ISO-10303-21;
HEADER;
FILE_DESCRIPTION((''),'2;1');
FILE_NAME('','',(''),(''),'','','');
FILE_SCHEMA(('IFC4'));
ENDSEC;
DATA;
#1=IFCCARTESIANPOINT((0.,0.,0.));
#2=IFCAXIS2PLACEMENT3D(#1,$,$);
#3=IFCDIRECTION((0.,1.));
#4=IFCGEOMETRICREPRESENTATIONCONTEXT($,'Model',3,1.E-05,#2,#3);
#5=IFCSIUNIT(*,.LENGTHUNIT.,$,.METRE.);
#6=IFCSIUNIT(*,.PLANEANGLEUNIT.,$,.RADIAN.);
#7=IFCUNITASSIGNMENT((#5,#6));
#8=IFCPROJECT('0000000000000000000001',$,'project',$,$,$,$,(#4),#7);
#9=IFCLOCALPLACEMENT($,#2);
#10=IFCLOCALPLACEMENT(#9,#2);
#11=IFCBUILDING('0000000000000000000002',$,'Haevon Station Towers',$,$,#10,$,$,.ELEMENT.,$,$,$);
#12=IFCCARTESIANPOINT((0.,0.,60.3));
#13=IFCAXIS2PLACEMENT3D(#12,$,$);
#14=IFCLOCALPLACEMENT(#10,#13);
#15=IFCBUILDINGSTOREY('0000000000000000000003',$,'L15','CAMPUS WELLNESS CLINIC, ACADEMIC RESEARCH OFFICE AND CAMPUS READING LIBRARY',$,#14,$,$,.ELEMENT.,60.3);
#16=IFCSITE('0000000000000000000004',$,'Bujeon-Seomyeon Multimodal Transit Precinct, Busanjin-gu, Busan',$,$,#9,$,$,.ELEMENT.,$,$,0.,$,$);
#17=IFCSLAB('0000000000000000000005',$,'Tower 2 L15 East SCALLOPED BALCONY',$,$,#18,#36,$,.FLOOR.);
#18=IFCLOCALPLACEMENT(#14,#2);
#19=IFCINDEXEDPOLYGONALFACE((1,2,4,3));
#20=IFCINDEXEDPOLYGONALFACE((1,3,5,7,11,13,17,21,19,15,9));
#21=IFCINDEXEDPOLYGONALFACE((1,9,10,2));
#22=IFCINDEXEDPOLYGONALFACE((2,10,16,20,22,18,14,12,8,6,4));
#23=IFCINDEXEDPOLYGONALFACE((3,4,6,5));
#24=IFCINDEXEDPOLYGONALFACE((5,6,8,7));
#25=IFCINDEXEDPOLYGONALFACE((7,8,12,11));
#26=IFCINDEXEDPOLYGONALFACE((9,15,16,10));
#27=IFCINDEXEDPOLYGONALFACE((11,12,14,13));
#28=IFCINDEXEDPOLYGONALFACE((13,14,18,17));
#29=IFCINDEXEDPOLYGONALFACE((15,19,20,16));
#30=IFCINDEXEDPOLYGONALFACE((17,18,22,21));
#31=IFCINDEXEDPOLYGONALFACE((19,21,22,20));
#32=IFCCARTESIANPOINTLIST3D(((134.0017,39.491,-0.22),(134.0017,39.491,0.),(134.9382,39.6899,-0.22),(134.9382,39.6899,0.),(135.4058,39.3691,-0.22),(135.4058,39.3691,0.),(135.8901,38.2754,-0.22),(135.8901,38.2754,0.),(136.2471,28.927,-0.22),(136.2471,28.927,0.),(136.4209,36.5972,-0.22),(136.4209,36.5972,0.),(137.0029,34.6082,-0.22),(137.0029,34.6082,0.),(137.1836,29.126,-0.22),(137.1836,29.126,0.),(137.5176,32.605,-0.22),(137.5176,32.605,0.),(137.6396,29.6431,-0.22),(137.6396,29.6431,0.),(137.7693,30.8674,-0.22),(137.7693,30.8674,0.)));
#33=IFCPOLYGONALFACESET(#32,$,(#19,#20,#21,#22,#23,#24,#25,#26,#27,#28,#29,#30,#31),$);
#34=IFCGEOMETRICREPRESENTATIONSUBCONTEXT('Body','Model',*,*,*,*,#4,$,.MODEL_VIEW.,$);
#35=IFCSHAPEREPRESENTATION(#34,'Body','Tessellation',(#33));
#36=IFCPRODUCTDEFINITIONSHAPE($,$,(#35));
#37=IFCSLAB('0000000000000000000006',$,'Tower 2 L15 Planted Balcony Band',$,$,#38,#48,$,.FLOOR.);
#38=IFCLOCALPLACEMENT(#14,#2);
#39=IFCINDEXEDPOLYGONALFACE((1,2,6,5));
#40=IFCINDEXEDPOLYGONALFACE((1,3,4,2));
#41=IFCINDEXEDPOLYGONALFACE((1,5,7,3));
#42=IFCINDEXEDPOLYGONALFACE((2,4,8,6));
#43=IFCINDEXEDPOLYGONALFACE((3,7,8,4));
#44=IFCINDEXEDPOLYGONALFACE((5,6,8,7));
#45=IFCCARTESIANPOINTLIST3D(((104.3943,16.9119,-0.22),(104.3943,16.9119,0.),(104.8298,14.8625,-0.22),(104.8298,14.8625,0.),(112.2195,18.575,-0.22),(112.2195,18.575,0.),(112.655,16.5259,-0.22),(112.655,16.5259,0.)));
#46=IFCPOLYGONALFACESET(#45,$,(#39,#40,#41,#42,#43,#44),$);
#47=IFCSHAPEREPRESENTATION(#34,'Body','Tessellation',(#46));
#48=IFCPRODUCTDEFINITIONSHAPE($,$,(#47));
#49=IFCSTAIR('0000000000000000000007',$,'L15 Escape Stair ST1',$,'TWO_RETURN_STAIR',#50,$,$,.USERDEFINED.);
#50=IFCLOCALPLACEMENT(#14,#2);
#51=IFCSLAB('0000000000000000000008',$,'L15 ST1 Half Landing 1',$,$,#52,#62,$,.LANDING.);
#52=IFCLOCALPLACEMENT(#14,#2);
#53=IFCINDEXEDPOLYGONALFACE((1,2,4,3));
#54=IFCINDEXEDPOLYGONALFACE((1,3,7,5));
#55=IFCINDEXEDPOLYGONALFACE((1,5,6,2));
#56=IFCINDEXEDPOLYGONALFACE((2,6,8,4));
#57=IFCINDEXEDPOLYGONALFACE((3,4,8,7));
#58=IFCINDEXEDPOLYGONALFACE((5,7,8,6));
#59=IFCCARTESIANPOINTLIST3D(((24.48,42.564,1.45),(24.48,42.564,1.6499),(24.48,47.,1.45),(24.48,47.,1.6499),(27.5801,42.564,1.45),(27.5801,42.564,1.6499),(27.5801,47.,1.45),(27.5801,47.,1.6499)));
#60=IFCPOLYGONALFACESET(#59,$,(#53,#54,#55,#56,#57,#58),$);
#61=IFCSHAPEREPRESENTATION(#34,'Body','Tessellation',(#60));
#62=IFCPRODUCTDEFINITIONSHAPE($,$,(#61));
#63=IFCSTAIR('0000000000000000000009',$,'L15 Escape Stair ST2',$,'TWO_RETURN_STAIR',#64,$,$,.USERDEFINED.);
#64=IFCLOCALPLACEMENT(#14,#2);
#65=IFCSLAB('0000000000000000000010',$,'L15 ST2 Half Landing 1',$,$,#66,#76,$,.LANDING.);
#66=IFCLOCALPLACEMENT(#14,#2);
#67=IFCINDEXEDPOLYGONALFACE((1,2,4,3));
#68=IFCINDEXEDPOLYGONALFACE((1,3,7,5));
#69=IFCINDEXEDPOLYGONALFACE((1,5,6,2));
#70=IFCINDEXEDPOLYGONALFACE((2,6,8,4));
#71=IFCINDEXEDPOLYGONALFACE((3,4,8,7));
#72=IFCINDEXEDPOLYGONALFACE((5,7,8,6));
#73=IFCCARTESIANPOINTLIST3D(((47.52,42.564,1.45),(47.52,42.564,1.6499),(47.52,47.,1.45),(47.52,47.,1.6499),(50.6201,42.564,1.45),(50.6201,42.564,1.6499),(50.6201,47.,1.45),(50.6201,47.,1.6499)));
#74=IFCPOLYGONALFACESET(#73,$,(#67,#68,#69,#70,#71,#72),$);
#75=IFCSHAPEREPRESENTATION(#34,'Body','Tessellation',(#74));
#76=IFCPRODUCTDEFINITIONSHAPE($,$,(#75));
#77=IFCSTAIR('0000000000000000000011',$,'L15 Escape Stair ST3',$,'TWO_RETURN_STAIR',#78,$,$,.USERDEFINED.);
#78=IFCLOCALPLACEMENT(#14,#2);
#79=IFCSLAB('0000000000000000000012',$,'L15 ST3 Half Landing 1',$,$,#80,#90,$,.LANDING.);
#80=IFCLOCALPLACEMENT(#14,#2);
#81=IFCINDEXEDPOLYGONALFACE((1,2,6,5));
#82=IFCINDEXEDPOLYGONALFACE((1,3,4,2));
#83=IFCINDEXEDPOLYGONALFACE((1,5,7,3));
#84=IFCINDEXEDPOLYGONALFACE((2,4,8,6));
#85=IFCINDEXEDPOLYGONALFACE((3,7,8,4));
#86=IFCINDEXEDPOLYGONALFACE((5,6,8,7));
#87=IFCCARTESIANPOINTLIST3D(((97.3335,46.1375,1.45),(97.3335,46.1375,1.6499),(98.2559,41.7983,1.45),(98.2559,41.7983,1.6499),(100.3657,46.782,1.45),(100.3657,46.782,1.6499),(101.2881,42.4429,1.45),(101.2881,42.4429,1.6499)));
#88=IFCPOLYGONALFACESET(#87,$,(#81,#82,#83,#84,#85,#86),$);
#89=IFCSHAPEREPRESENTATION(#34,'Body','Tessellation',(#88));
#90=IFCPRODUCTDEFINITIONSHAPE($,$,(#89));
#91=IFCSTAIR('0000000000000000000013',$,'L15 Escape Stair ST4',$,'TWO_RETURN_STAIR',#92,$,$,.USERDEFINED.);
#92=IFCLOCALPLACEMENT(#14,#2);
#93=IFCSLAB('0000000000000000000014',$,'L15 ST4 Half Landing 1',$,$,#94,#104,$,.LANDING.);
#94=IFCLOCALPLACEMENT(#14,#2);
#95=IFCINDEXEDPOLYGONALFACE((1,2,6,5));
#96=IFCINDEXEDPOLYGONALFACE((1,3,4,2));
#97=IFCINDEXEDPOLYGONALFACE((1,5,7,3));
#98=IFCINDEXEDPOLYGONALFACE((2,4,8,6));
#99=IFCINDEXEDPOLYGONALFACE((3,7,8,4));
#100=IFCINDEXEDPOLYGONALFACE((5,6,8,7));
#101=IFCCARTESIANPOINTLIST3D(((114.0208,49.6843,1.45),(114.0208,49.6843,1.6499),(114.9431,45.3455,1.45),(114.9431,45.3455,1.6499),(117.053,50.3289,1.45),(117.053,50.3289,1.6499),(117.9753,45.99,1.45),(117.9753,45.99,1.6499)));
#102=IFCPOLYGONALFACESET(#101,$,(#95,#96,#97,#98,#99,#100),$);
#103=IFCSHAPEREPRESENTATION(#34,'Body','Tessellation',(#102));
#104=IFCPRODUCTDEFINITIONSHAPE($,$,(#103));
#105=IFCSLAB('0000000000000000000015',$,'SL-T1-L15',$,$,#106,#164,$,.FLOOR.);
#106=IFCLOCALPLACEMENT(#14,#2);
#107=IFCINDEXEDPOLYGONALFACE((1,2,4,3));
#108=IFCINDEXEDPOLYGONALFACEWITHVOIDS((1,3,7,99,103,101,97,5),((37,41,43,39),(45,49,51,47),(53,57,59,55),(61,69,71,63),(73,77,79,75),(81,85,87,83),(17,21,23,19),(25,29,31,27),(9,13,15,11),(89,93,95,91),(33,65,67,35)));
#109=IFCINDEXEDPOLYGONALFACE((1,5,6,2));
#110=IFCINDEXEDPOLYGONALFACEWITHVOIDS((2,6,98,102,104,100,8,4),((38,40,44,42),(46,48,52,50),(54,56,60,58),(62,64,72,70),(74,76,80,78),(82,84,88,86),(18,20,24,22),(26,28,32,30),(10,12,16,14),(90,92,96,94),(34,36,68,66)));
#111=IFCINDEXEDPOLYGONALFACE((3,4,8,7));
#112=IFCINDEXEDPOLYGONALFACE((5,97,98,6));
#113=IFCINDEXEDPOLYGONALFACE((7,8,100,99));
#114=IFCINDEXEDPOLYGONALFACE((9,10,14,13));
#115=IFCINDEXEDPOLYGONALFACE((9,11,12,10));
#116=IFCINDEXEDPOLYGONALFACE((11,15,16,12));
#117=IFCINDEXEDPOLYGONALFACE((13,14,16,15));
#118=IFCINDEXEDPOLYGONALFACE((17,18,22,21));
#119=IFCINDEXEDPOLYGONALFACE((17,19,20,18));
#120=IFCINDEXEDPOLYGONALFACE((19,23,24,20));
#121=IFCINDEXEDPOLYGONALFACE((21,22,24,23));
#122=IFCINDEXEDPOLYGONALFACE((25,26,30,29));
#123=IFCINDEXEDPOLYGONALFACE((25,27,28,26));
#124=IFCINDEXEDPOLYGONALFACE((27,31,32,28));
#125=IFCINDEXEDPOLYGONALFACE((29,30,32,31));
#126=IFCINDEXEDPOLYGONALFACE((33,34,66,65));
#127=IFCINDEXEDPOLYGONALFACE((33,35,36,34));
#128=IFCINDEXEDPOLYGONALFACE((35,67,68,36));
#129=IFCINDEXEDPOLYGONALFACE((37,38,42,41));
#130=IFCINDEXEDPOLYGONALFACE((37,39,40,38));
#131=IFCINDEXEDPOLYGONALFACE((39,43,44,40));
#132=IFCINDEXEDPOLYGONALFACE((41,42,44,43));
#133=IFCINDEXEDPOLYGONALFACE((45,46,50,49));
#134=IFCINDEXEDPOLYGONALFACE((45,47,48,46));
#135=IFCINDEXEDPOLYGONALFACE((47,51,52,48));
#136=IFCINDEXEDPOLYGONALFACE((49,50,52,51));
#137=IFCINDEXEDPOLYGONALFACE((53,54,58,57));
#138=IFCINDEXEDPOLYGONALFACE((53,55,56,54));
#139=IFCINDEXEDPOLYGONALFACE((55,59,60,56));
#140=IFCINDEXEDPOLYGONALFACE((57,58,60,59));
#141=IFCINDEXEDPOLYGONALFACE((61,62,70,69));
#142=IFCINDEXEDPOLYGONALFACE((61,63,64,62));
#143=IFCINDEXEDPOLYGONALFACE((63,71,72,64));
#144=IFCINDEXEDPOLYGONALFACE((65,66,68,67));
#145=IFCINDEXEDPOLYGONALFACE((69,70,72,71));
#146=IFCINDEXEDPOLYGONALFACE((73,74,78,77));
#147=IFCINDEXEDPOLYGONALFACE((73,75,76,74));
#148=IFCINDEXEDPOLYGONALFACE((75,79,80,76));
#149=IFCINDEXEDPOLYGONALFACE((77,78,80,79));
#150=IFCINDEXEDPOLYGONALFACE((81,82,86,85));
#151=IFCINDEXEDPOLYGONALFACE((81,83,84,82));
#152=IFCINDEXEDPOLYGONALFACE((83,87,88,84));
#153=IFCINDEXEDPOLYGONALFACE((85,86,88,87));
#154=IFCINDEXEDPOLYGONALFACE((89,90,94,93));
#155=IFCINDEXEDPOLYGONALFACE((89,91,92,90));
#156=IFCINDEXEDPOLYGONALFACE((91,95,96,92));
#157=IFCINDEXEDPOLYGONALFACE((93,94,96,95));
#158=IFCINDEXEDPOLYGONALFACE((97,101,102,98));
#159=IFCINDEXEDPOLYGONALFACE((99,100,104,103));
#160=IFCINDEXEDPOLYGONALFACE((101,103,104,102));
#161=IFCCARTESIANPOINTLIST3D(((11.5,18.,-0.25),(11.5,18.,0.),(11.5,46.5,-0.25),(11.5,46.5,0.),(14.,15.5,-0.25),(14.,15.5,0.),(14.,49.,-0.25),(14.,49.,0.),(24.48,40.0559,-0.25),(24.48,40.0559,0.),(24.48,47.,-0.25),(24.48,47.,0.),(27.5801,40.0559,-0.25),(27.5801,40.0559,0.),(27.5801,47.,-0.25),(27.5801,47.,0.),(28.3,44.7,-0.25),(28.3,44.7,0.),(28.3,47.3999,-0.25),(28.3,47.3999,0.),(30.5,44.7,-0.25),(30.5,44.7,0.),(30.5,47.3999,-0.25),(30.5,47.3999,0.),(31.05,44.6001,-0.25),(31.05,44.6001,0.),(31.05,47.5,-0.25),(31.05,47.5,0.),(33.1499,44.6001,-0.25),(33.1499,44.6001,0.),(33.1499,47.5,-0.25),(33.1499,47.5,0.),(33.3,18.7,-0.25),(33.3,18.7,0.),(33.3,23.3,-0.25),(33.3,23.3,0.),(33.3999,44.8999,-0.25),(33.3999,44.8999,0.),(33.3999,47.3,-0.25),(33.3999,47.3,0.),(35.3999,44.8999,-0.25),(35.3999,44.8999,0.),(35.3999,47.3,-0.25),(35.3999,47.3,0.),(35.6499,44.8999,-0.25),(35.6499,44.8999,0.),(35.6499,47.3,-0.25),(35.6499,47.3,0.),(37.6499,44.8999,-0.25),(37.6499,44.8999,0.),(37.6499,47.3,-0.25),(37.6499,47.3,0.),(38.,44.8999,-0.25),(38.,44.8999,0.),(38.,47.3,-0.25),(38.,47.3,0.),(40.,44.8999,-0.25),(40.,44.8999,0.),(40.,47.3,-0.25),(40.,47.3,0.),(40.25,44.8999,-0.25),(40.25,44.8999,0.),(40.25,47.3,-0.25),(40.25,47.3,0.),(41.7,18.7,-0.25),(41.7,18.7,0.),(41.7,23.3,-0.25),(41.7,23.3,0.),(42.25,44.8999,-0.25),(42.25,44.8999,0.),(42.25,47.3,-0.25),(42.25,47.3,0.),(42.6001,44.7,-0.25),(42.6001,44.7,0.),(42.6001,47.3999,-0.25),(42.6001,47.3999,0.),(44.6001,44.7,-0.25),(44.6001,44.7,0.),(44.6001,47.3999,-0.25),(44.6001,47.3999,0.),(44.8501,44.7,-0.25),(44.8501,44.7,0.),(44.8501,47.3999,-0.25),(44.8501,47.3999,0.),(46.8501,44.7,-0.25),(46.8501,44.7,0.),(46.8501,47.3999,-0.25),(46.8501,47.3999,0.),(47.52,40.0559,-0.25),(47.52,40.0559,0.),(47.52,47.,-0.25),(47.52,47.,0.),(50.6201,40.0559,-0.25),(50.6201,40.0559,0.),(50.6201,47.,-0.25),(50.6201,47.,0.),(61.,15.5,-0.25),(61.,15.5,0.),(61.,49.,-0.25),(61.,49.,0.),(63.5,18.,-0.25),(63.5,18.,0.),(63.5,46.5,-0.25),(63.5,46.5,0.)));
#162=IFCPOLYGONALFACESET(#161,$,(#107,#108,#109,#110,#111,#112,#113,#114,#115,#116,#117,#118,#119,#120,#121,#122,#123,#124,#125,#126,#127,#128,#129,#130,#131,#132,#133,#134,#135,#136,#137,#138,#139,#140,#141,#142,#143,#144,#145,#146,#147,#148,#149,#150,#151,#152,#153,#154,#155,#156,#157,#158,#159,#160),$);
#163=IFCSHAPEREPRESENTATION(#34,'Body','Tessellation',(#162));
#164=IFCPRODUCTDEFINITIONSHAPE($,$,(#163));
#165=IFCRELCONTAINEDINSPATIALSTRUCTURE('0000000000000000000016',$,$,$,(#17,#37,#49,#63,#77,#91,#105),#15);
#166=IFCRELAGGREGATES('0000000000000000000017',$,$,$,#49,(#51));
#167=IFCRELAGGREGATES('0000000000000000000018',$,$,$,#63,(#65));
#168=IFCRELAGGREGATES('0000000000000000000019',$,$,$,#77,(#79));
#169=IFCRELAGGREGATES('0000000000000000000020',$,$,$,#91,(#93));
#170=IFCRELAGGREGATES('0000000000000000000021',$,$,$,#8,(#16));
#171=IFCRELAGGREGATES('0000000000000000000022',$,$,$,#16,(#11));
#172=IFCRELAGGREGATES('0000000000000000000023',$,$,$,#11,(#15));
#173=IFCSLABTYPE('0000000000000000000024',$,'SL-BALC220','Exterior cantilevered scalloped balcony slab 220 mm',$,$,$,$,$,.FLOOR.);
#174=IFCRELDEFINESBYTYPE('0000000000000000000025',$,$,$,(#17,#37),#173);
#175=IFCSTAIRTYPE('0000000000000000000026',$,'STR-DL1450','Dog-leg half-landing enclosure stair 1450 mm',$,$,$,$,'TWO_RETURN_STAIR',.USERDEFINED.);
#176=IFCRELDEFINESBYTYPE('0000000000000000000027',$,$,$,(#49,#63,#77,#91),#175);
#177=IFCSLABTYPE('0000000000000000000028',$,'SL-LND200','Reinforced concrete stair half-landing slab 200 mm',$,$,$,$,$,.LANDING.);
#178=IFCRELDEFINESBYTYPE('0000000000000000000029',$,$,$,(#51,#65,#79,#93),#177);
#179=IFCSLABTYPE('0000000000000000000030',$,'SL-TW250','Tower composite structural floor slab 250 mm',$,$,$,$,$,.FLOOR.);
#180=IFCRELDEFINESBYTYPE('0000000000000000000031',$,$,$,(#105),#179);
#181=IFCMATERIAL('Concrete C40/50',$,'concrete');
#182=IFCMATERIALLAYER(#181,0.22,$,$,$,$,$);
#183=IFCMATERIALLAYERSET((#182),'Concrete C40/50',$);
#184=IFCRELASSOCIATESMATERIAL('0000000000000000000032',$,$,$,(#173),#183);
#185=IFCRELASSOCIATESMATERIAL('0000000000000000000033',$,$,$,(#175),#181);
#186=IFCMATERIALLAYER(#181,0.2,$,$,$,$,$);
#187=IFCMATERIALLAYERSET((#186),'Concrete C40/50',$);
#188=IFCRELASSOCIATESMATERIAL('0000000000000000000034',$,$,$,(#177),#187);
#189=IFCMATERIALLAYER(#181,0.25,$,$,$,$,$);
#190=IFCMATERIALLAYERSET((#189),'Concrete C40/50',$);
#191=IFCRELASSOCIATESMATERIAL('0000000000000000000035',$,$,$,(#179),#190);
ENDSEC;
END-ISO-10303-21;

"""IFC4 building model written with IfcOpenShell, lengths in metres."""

from ifc_helpers import new_model, si_unit, direction, frame, origin, place, context, subcontext, project, spatial, polyline, outline, extrude, material, layer, layer_set, type_object, element, aggregate, save


model = new_model("IFC4")

# Units and contexts
model_context = context("Model", 3, precision=1e-05, world=origin(), true_north=direction((0.0, 1.0)))
body_context = subcontext(model_context, "Body", "Model", "MODEL_VIEW")
ifc_project = project(units=[si_unit("LENGTHUNIT", "METRE"), si_unit("PLANEANGLEUNIT", "RADIAN")], contexts=[model_context])

# Site, building, storey
site_placement = place(None, origin())
site = spatial("IfcSite", under=ifc_project, at=site_placement, Name="Bujeon-Seomyeon Multimodal Transit Precinct, Busanjin-gu, Busan", CompositionType="ELEMENT", RefElevation=0.0)
building_placement = place(site_placement, origin())
building = spatial("IfcBuilding", under=site, at=building_placement, Name="Haevon Station Towers", CompositionType="ELEMENT")
storey_placement = place(building_placement, frame((0.0, 0.0, 60.3)))
storey = spatial("IfcBuildingStorey", under=building, at=storey_placement, Name="L15", Description="CAMPUS WELLNESS CLINIC, ACADEMIC RESEARCH OFFICE AND CAMPUS READING LIBRARY", CompositionType="ELEMENT", Elevation=60.3)

# Slabs
ifc_material_1 = material(Name="Concrete C40/50", Category="concrete")
ifc_layer_1 = layer(ifc_material_1, 0.22)
ifc_layer_set_1 = layer_set([ifc_layer_1], Name="Concrete C40/50")
slab_type_1 = type_object("IfcSlabType", Name="SL-BALC220", Description="Exterior cantilevered scalloped balcony slab 220 mm", PredefinedType="FLOOR", material=ifc_layer_set_1)
slab_1_placement = place(storey_placement, frame((0.0, 0.0, -0.22)))
element("IfcSlab", 1, at=slab_1_placement, inside=storey, type_object=slab_type_1, Name="Tower 2 L15 East SCALLOPED BALCONY", PredefinedType="FLOOR", context=body_context, shape_type="SweptSolid", body=[
    extrude(outline(polyline([(136.2471, 28.927), (137.1836, 29.126), (137.6396, 29.6431), (137.7693, 30.8674), (137.5176, 32.605), (137.0029, 34.6082), (136.4209, 36.5972), (135.8901, 38.2754), (135.4058, 39.3691), (134.9382, 39.6899), (134.0017, 39.491), (136.2471, 28.927)])), origin(), (0.0, 0.0, 1.0), 0.22),
])
slab_2_placement = place(storey_placement, frame((0.0, 0.0, -0.22)))
element("IfcSlab", 2, at=slab_2_placement, inside=storey, type_object=slab_type_1, Name="Tower 2 L15 Planted Balcony Band", PredefinedType="FLOOR", context=body_context, shape_type="SweptSolid", body=[
    extrude(outline(polyline([(104.8298, 14.8625), (112.655, 16.5259), (112.2195, 18.575), (104.3943, 16.9119), (104.8298, 14.8625)])), origin(), (0.0, 0.0, 1.0), 0.22),
])

# Stairs, slabs
stair_type = type_object("IfcStairType", Name="STR-DL1450", Description="Dog-leg half-landing enclosure stair 1450 mm", ElementType="TWO_RETURN_STAIR", PredefinedType="USERDEFINED", material=ifc_material_1)
stair_1_placement = place(storey_placement, origin())
stair_1 = element("IfcStair", 3, at=stair_1_placement, inside=storey, type_object=stair_type, Name="L15 Escape Stair ST1", ObjectType="TWO_RETURN_STAIR", PredefinedType="USERDEFINED")
ifc_layer_2 = layer(ifc_material_1, 0.2)
ifc_layer_set_2 = layer_set([ifc_layer_2], Name="Concrete C40/50")
slab_type_2 = type_object("IfcSlabType", Name="SL-LND200", Description="Reinforced concrete stair half-landing slab 200 mm", PredefinedType="LANDING", material=ifc_layer_set_2)
slab_3_placement = place(storey_placement, frame((0.0, 0.0, 1.45)))
slab_3 = element("IfcSlab", 4, at=slab_3_placement, type_object=slab_type_2, Name="L15 ST1 Half Landing 1", PredefinedType="LANDING", context=body_context, shape_type="SweptSolid", body=[
    extrude(outline(polyline([(27.5801, 42.564), (27.5801, 47.0), (24.48, 47.0), (24.48, 42.564), (27.5801, 42.564)])), origin(), (0.0, 0.0, 1.0), 0.2),
])
aggregate(stair_1, [slab_3])
stair_2_placement = place(storey_placement, origin())
stair_2 = element("IfcStair", 5, at=stair_2_placement, inside=storey, type_object=stair_type, Name="L15 Escape Stair ST2", ObjectType="TWO_RETURN_STAIR", PredefinedType="USERDEFINED")
slab_4_placement = place(storey_placement, frame((0.0, 0.0, 1.45)))
slab_4 = element("IfcSlab", 6, at=slab_4_placement, type_object=slab_type_2, Name="L15 ST2 Half Landing 1", PredefinedType="LANDING", context=body_context, shape_type="SweptSolid", body=[
    extrude(outline(polyline([(50.6201, 42.564), (50.6201, 47.0), (47.52, 47.0), (47.52, 42.564), (50.6201, 42.564)])), origin(), (0.0, 0.0, 1.0), 0.2),
])
aggregate(stair_2, [slab_4])
stair_3_placement = place(storey_placement, origin())
stair_3 = element("IfcStair", 7, at=stair_3_placement, inside=storey, type_object=stair_type, Name="L15 Escape Stair ST3", ObjectType="TWO_RETURN_STAIR", PredefinedType="USERDEFINED")
slab_5_placement = place(storey_placement, frame((0.0, 0.0, 1.45)))
slab_5 = element("IfcSlab", 8, at=slab_5_placement, type_object=slab_type_2, Name="L15 ST3 Half Landing 1", PredefinedType="LANDING", context=body_context, shape_type="SweptSolid", body=[
    extrude(outline(polyline([(101.2881, 42.4429), (100.3657, 46.782), (97.3335, 46.1375), (98.2559, 41.7983), (101.2881, 42.4429)])), origin(), (0.0, 0.0, 1.0), 0.2),
])
aggregate(stair_3, [slab_5])
stair_4_placement = place(storey_placement, origin())
stair_4 = element("IfcStair", 9, at=stair_4_placement, inside=storey, type_object=stair_type, Name="L15 Escape Stair ST4", ObjectType="TWO_RETURN_STAIR", PredefinedType="USERDEFINED")
slab_6_placement = place(storey_placement, frame((0.0, 0.0, 1.45)))
slab_6 = element("IfcSlab", 10, at=slab_6_placement, type_object=slab_type_2, Name="L15 ST4 Half Landing 1", PredefinedType="LANDING", context=body_context, shape_type="SweptSolid", body=[
    extrude(outline(polyline([(117.9753, 45.99), (117.053, 50.3289), (114.0208, 49.6843), (114.9431, 45.3455), (117.9753, 45.99)])), origin(), (0.0, 0.0, 1.0), 0.2),
])
aggregate(stair_4, [slab_6])

# Slab
ifc_layer_3 = layer(ifc_material_1, 0.25)
ifc_layer_set_3 = layer_set([ifc_layer_3], Name="Concrete C40/50")
slab_type_3 = type_object("IfcSlabType", Name="SL-TW250", Description="Tower composite structural floor slab 250 mm", PredefinedType="FLOOR", material=ifc_layer_set_3)
slab_7_placement = place(storey_placement, frame((0.0, 0.0, -0.25)))
element("IfcSlab", 11, at=slab_7_placement, inside=storey, type_object=slab_type_3, Name="SL-T1-L15", PredefinedType="FLOOR", context=body_context, shape_type="SweptSolid", body=[
    extrude(outline(polyline([(14.0, 15.5), (61.0, 15.5), (63.5, 18.0), (63.5, 46.5), (61.0, 49.0), (14.0, 49.0), (11.5, 46.5), (11.5, 18.0), (14.0, 15.5)]), holes=[polyline([(27.5801, 40.0559), (27.5801, 47.0), (24.48, 47.0), (24.48, 40.0559), (27.5801, 40.0559)]), polyline([(50.6201, 40.0559), (50.6201, 47.0), (47.52, 47.0), (47.52, 40.0559), (50.6201, 40.0559)]), polyline([(28.3, 44.7), (30.5, 44.7), (30.5, 47.3999), (28.3, 47.3999), (28.3, 44.7)]), polyline([(31.05, 44.6001), (33.1499, 44.6001), (33.1499, 47.5), (31.05, 47.5), (31.05, 44.6001)]), polyline([(33.3999, 44.8999), (35.3999, 44.8999), (35.3999, 47.3), (33.3999, 47.3), (33.3999, 44.8999)]), polyline([(35.6499, 44.8999), (37.6499, 44.8999), (37.6499, 47.3), (35.6499, 47.3), (35.6499, 44.8999)]), polyline([(38.0, 44.8999), (40.0, 44.8999), (40.0, 47.3), (38.0, 47.3), (38.0, 44.8999)]), polyline([(40.25, 44.8999), (42.25, 44.8999), (42.25, 47.3), (40.25, 47.3), (40.25, 44.8999)]), polyline([(42.6001, 44.7), (44.6001, 44.7), (44.6001, 47.3999), (42.6001, 47.3999), (42.6001, 44.7)]), polyline([(44.8501, 44.7), (46.8501, 44.7), (46.8501, 47.3999), (44.8501, 47.3999), (44.8501, 44.7)]), polyline([(33.3, 18.7), (41.7, 18.7), (41.7, 23.3), (33.3, 23.3), (33.3, 18.7)])]), origin(), (0.0, 0.0, 1.0), 0.25),
])

save(model, "model.ifc")
